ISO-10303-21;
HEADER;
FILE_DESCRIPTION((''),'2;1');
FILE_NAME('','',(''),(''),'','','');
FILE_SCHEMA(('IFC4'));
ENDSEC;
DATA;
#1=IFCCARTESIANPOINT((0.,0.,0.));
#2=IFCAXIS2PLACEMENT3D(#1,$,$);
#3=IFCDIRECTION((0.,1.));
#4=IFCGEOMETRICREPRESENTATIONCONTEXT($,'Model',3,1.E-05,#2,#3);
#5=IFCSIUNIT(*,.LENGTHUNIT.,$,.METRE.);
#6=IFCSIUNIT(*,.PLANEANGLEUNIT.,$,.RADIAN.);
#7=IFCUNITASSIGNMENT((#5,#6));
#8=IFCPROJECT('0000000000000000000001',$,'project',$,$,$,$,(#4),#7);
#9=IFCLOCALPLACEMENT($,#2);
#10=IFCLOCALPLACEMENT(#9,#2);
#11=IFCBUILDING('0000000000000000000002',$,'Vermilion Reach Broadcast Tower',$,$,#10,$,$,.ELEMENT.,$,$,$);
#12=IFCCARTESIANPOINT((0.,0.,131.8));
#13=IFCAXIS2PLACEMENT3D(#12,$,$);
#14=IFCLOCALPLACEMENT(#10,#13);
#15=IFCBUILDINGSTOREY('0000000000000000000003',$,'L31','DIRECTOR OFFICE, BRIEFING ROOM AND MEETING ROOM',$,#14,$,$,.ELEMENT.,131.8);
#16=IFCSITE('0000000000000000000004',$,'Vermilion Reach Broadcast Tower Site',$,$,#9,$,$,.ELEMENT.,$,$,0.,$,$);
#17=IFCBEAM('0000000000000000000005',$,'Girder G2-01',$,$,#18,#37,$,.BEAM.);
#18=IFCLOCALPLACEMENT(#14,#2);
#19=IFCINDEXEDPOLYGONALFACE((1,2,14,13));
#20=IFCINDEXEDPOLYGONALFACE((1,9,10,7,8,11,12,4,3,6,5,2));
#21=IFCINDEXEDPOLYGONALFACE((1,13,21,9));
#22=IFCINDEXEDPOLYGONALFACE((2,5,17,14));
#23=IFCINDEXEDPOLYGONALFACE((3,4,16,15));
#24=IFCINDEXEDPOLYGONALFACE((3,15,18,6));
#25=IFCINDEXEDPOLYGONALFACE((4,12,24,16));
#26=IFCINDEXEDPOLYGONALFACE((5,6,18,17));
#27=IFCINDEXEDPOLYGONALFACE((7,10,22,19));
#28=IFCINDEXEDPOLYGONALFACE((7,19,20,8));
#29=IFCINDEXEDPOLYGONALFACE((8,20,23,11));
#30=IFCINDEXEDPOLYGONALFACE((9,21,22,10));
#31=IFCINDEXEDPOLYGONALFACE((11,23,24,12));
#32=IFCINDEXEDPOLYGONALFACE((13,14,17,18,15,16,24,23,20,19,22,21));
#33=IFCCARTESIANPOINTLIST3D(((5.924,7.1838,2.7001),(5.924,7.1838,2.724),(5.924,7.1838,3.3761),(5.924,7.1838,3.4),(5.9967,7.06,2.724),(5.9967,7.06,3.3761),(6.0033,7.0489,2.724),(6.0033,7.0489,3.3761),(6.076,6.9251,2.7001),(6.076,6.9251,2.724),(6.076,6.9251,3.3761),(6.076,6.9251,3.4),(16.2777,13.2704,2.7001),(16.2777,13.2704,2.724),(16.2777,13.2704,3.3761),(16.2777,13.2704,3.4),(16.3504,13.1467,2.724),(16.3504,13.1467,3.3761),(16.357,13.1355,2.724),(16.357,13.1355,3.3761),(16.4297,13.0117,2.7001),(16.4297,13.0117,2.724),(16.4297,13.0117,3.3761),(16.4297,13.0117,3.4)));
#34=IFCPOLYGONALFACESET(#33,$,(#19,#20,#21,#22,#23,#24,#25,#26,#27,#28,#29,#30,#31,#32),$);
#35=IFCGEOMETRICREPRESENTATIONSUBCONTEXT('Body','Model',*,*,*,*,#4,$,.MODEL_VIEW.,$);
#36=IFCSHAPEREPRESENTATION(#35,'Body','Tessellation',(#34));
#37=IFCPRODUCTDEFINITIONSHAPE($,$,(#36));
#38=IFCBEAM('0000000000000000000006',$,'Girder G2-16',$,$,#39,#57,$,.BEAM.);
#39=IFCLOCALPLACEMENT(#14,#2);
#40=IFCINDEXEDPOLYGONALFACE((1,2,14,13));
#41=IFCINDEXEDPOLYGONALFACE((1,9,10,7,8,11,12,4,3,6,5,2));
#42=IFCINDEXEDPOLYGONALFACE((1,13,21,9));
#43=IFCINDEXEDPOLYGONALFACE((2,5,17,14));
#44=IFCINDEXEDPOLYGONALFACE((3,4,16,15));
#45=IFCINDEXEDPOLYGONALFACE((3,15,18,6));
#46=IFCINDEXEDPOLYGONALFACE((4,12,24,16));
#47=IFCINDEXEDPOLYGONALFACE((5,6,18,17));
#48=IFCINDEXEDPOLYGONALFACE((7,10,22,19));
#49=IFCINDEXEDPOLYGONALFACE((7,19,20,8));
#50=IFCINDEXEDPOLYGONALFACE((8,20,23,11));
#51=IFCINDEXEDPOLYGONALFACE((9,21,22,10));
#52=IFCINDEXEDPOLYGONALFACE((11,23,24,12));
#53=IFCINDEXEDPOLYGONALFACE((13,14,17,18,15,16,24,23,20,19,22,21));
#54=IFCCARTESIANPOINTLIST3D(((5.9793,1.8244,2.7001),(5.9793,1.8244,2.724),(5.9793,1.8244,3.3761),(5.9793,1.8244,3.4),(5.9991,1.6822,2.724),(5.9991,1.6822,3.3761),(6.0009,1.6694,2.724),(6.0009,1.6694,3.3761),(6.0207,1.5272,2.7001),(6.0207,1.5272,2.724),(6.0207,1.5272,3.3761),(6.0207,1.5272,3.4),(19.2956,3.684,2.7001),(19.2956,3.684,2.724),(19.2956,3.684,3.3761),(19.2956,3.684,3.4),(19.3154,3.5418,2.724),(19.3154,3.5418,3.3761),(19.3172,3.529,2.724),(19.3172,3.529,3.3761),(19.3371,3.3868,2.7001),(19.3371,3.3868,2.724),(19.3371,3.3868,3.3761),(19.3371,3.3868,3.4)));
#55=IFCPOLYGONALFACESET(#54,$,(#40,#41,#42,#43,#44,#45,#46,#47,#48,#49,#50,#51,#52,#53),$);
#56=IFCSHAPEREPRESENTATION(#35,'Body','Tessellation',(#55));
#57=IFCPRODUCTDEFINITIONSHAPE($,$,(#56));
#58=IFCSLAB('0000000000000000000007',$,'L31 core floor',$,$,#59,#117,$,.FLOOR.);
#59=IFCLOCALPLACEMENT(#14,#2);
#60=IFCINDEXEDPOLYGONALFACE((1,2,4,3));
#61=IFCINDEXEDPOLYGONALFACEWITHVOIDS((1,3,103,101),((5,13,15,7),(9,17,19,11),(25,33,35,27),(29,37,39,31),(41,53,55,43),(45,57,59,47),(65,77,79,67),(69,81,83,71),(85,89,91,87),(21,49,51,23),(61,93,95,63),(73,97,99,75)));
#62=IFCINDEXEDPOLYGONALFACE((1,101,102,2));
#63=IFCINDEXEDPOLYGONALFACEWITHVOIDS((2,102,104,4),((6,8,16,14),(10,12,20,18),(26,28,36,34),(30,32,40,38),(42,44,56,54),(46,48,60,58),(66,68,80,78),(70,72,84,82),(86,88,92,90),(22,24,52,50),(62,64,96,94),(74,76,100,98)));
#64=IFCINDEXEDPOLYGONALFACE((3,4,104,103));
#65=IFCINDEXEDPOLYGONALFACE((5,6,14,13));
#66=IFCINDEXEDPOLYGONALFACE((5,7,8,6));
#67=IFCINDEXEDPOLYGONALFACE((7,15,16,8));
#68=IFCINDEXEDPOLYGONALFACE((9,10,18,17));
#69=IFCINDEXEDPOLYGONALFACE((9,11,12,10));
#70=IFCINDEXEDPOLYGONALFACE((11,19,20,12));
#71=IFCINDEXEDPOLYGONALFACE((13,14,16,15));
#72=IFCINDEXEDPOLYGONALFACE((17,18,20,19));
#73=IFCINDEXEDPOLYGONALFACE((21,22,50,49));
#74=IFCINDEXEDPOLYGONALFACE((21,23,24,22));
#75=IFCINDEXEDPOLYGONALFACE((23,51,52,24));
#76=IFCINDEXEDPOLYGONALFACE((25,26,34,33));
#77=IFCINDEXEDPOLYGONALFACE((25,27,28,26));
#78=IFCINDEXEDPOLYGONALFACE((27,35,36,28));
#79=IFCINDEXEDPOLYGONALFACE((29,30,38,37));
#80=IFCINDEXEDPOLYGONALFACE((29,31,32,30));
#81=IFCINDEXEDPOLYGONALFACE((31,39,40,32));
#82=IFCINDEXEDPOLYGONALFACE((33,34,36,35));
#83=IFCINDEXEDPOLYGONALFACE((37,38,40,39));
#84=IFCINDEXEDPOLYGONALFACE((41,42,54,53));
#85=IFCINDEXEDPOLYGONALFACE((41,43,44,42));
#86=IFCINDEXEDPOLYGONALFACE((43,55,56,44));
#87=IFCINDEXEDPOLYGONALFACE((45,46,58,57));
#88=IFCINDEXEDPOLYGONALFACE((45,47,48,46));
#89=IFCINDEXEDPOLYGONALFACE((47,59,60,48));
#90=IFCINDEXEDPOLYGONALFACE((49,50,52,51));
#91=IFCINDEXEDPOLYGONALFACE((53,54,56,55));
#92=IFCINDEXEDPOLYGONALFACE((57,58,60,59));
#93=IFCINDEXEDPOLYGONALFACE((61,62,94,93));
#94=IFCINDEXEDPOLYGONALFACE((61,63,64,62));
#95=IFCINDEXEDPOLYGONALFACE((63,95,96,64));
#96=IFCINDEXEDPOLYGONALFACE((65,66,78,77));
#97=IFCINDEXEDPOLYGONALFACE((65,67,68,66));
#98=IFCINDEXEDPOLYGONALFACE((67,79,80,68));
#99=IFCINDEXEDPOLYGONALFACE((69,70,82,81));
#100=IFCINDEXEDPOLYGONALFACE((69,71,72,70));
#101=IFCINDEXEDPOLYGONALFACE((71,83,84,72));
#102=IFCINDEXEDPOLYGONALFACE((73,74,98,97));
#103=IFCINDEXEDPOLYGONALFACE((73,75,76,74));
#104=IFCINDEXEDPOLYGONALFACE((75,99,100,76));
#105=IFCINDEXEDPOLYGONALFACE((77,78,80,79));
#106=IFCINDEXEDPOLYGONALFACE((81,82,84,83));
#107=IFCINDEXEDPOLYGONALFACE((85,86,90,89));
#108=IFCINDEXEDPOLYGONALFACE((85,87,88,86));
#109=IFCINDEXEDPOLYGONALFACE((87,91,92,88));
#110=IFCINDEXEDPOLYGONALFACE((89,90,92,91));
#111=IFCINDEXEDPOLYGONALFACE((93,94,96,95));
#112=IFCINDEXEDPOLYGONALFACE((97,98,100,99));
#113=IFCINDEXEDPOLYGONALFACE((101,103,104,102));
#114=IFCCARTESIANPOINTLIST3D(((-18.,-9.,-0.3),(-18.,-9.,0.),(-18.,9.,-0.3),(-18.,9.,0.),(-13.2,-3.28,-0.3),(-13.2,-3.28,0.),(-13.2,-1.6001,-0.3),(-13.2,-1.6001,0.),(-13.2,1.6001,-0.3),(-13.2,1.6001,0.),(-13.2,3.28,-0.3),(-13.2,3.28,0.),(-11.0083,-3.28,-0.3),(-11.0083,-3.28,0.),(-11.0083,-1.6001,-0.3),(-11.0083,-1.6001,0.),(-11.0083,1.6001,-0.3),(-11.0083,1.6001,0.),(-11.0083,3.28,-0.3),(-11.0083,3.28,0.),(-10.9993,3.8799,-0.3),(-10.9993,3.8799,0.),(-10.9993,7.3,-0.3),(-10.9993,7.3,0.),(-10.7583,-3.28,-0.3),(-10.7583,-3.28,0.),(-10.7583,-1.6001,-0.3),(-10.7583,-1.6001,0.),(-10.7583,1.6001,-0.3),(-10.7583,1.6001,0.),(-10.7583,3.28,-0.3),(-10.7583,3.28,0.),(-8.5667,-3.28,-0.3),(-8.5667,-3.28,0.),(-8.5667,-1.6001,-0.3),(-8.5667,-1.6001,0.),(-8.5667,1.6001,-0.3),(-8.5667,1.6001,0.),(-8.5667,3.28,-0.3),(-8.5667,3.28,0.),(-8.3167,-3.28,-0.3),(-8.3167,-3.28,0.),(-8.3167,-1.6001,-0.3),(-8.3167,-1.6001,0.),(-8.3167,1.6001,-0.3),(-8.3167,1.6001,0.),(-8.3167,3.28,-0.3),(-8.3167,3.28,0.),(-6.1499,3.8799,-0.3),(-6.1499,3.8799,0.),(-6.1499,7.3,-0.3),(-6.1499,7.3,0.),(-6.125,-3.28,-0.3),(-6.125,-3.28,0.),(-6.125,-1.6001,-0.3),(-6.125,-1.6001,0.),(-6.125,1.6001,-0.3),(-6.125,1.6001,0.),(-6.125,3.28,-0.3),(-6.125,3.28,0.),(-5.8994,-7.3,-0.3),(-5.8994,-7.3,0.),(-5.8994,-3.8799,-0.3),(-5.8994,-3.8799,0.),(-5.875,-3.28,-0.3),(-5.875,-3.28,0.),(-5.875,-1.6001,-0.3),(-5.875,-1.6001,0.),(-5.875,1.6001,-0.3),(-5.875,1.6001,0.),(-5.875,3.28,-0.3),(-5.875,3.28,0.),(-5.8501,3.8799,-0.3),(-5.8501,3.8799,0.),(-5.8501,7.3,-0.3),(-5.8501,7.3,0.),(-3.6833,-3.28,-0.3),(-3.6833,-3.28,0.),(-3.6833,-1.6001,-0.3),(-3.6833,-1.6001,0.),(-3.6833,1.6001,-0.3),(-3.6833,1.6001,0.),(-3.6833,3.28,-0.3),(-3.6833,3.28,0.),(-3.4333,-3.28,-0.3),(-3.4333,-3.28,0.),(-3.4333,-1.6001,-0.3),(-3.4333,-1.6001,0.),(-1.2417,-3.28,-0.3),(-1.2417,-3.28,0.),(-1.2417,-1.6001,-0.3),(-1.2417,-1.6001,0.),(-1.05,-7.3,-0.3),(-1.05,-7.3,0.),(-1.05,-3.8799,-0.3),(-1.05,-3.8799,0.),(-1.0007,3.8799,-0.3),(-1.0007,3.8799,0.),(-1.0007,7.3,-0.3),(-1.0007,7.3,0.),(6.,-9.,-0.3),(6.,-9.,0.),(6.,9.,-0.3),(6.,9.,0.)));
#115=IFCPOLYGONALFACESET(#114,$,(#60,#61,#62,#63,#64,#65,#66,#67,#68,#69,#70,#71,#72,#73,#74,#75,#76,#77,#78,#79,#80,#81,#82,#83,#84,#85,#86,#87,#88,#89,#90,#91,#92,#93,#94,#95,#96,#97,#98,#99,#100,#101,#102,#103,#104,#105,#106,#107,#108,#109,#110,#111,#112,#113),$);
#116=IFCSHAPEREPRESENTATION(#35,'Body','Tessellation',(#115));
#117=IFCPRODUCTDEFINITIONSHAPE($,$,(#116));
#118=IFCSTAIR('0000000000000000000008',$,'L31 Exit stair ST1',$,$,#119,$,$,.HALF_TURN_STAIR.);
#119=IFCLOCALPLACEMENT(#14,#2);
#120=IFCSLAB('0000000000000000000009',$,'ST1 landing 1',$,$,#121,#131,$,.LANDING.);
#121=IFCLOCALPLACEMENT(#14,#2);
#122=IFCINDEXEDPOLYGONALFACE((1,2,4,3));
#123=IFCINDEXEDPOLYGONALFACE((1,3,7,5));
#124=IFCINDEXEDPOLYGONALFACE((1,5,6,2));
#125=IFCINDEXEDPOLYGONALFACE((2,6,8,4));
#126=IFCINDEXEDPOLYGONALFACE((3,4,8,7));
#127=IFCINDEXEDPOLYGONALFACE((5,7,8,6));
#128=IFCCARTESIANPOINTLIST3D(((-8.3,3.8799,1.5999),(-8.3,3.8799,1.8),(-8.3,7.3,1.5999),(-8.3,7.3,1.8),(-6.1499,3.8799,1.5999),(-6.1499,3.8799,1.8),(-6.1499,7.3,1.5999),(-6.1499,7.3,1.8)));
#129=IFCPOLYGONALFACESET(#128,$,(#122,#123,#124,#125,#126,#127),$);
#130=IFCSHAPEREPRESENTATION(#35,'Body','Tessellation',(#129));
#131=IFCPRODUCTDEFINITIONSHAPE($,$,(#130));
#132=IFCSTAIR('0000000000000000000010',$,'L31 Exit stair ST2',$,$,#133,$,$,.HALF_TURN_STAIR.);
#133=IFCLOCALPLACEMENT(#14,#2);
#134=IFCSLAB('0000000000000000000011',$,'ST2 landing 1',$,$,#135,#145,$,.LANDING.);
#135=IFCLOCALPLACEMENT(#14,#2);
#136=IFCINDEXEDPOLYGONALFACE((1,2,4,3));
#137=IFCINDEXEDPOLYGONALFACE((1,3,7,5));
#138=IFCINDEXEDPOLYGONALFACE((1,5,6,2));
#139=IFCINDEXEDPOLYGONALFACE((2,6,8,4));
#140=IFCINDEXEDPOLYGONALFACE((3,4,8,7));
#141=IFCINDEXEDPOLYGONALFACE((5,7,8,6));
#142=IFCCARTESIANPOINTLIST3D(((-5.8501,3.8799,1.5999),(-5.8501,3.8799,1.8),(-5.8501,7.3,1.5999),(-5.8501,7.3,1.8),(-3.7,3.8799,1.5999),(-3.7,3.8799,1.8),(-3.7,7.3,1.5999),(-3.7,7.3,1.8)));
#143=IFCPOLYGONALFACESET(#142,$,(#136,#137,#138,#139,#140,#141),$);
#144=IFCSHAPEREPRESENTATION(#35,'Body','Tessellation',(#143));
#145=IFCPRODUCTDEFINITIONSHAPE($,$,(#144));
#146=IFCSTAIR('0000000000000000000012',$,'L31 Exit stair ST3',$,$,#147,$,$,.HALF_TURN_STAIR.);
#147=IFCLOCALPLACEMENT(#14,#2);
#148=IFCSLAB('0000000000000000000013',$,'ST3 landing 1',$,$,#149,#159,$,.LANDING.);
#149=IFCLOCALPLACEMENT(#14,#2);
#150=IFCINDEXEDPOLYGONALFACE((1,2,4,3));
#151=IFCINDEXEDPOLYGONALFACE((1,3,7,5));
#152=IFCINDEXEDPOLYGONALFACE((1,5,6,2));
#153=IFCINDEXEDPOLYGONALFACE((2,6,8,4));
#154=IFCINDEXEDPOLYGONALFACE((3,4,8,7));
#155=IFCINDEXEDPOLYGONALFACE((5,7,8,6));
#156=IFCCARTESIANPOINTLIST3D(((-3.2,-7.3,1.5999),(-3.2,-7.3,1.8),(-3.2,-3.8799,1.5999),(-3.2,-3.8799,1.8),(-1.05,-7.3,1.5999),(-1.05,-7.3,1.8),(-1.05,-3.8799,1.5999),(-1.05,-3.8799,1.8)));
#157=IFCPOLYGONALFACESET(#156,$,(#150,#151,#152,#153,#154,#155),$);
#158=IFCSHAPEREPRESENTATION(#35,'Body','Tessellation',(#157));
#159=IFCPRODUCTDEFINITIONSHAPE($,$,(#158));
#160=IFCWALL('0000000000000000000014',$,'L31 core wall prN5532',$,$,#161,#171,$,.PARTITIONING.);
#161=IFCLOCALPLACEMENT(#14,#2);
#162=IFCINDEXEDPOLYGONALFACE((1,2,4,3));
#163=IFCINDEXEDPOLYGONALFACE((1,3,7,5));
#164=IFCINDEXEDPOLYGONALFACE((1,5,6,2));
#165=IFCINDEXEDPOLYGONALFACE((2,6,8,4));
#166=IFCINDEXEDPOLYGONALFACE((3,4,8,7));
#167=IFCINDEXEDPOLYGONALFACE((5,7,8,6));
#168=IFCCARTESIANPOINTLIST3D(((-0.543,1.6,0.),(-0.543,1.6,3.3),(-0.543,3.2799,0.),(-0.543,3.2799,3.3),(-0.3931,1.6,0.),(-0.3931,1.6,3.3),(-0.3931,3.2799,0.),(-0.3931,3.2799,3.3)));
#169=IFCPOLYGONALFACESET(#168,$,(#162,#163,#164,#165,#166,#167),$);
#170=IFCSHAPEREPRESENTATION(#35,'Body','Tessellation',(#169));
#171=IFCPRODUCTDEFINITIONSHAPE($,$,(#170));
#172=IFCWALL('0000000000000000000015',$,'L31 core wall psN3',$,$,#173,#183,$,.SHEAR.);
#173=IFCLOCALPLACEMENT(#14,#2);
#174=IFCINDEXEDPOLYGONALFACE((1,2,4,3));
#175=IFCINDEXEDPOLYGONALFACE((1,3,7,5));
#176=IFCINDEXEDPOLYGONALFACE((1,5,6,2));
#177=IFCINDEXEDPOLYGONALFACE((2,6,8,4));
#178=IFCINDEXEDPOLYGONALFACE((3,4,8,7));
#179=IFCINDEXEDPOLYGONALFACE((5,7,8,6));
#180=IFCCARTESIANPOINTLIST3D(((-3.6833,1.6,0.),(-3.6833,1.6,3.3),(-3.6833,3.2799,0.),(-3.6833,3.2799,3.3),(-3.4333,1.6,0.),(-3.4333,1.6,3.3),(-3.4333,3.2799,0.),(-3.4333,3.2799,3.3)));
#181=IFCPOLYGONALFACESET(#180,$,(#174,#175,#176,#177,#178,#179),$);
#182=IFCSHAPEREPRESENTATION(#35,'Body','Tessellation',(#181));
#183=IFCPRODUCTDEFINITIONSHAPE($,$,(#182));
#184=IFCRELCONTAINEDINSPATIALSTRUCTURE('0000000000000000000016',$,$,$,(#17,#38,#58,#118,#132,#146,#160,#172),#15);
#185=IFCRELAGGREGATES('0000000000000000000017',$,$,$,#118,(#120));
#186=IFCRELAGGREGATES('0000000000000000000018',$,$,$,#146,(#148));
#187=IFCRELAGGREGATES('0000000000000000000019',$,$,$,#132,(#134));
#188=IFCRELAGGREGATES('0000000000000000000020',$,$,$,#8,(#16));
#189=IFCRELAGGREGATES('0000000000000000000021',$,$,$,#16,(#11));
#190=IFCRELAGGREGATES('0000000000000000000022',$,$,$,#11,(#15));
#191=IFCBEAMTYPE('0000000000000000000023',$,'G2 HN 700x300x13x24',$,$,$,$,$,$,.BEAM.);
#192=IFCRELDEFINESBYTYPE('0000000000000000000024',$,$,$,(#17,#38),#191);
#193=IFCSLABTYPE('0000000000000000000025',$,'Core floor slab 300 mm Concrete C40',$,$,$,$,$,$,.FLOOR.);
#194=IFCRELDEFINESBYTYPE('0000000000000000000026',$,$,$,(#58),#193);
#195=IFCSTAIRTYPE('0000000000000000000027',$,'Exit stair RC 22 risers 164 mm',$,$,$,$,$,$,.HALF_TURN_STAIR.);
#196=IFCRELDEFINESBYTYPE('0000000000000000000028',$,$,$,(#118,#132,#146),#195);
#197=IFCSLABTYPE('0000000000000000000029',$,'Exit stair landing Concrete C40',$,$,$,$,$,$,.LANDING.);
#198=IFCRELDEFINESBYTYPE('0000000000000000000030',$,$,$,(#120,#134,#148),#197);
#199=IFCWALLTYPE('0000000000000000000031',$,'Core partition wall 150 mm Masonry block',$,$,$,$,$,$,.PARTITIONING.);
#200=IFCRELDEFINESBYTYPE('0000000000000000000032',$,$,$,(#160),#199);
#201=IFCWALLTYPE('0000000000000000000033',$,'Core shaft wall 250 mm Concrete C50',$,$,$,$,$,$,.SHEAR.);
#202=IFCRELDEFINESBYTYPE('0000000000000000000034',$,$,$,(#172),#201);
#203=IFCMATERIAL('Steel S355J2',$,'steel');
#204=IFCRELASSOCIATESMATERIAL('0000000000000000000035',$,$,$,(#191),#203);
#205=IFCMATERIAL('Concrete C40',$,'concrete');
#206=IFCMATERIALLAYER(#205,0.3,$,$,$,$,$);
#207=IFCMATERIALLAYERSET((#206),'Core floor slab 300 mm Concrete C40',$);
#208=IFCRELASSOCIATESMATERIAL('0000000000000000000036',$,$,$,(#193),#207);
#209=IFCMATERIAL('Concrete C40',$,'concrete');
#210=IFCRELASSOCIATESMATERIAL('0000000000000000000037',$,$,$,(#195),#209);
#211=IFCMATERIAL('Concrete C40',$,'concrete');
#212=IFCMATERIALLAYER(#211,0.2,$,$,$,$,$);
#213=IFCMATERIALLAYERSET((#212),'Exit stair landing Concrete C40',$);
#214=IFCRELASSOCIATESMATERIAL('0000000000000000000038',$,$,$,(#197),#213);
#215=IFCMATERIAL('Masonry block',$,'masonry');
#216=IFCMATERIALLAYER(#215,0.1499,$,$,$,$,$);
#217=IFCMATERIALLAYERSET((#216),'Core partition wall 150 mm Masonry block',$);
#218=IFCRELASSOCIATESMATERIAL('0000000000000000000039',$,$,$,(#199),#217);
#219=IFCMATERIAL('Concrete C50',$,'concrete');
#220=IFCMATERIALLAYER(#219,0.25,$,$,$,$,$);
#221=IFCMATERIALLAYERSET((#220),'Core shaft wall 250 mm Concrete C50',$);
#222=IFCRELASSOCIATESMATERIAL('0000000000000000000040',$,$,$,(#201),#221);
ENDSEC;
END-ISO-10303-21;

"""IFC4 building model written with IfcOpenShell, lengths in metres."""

from ifc_helpers import new_model, si_unit, direction, frame, frame_2d, origin, origin_2d, place, context, subcontext, project, spatial, polyline, rectangle, i_section, outline, extrude, material, layer, layer_set, material_profile, profile_set, type_object, element, aggregate, save


model = new_model("IFC4")

# Units and contexts
model_context = context("Model", 3, precision=1e-05, world=origin(), true_north=direction((0.0, 1.0)))
body_context = subcontext(model_context, "Body", "Model", "MODEL_VIEW")
ifc_project = project(units=[si_unit("LENGTHUNIT", "METRE"), si_unit("PLANEANGLEUNIT", "RADIAN")], contexts=[model_context])

# Site, building, storey
site_placement = place(None, origin())
site = spatial("IfcSite", under=ifc_project, at=site_placement, Name="Vermilion Reach Broadcast Tower Site", CompositionType="ELEMENT", RefElevation=0.0)
building_placement = place(site_placement, origin())
building = spatial("IfcBuilding", under=site, at=building_placement, Name="Vermilion Reach Broadcast Tower", CompositionType="ELEMENT")
storey_placement = place(building_placement, frame((0.0, 0.0, 131.8)))
storey = spatial("IfcBuildingStorey", under=building, at=storey_placement, Name="L31", Description="DIRECTOR OFFICE, BRIEFING ROOM AND MEETING ROOM", CompositionType="ELEMENT", Elevation=131.8)

# Beams
ifc_material_1 = material(Name="Steel S355J2", Category="steel")
ifc_material_profile = material_profile(ifc_material_1, i_section(OverallWidth=0.3, OverallDepth=0.7, WebThickness=0.0129, FlangeThickness=0.0239, at=origin_2d()), Name="S355J2 HN 700x300x13x24")
ifc_profile_set = profile_set([ifc_material_profile], Name="Steel S355J2")
beam_type = type_object("IfcBeamType", Name="G2 HN 700x300x13x24", PredefinedType="BEAM", material=ifc_profile_set)
beam_1_placement = place(storey_placement, frame((6.0, 7.0544, 3.05), z_axis=(0.862072, 0.506786, 0.0), x_axis=(-0.506786, 0.862072, 0.0)))
element("IfcBeam", 1, at=beam_1_placement, inside=storey, type_object=beam_type, Name="Girder G2-01", PredefinedType="BEAM", context=body_context, shape_type="SweptSolid", body=[
    extrude(i_section(OverallWidth=0.3, OverallDepth=0.7, WebThickness=0.0129, FlangeThickness=0.0239, at=origin_2d()), origin(), (0.0, 0.0, 1.0), 12.0103),
])
beam_2_placement = place(storey_placement, frame((6.0, 1.6758, 3.05), z_axis=(0.990389, 0.138307, 0.0), x_axis=(-0.138307, 0.990389, 0.0)))
element("IfcBeam", 2, at=beam_2_placement, inside=storey, type_object=beam_type, Name="Girder G2-16", PredefinedType="BEAM", context=body_context, shape_type="SweptSolid", body=[
    extrude(i_section(OverallWidth=0.3, OverallDepth=0.7, WebThickness=0.0129, FlangeThickness=0.0239, at=origin_2d()), origin(), (0.0, 0.0, 1.0), 13.4456),
])

# Slab
ifc_material_2 = material(Name="Concrete C40", Category="concrete")
ifc_layer_1 = layer(ifc_material_2, 0.3)
ifc_layer_set_1 = layer_set([ifc_layer_1], Name="Core floor slab 300 mm Concrete C40")
slab_type_1 = type_object("IfcSlabType", Name="Core floor slab 300 mm Concrete C40", PredefinedType="FLOOR", material=ifc_layer_set_1)
slab_1_placement = place(storey_placement, frame((0.0, 0.0, -0.3)))
element("IfcSlab", 3, at=slab_1_placement, inside=storey, type_object=slab_type_1, Name="L31 core floor", PredefinedType="FLOOR", context=body_context, shape_type="SweptSolid", body=[
    extrude(outline(polyline([(-18.0, -9.0), (6.0, -9.0), (6.0, 9.0), (-18.0, 9.0), (-18.0, -9.0)]), holes=[polyline([(-13.2, 1.6001), (-11.0083, 1.6001), (-11.0083, 3.28), (-13.2, 3.28), (-13.2, 1.6001)]), polyline([(-10.7583, 1.6001), (-8.5667, 1.6001), (-8.5667, 3.28), (-10.7583, 3.28), (-10.7583, 1.6001)]), polyline([(-8.3167, 1.6001), (-6.125, 1.6001), (-6.125, 3.28), (-8.3167, 3.28), (-8.3167, 1.6001)]), polyline([(-5.875, 1.6001), (-3.6833, 1.6001), (-3.6833, 3.28), (-5.875, 3.28), (-5.875, 1.6001)]), polyline([(-13.2, -3.28), (-11.0083, -3.28), (-11.0083, -1.6001), (-13.2, -1.6001), (-13.2, -3.28)]), polyline([(-10.7583, -3.28), (-8.5667, -3.28), (-8.5667, -1.6001), (-10.7583, -1.6001), (-10.7583, -3.28)]), polyline([(-8.3167, -3.28), (-6.125, -3.28), (-6.125, -1.6001), (-8.3167, -1.6001), (-8.3167, -3.28)]), polyline([(-5.875, -3.28), (-3.6833, -3.28), (-3.6833, -1.6001), (-5.875, -1.6001), (-5.875, -3.28)]), polyline([(-3.4333, -3.28), (-1.2417, -3.28), (-1.2417, -1.6001), (-3.4333, -1.6001), (-3.4333, -3.28)]), polyline([(-10.9993, 3.8799), (-6.1499, 3.8799), (-6.1499, 7.3), (-10.9993, 7.3), (-10.9993, 3.8799)]), polyline([(-1.0007, 7.3), (-5.8501, 7.3), (-5.8501, 3.8799), (-1.0007, 3.8799), (-1.0007, 7.3)]), polyline([(-5.8994, -7.3), (-1.05, -7.3), (-1.05, -3.8799), (-5.8994, -3.8799), (-5.8994, -7.3)])]), origin(), (0.0, 0.0, 1.0), 0.3),
])

# Stairs, slabs
ifc_material_3 = material(Name="Concrete C40", Category="concrete")
stair_type = type_object("IfcStairType", Name="Exit stair RC 22 risers 164 mm", PredefinedType="HALF_TURN_STAIR", material=ifc_material_3)
placement_1 = place(storey_placement, origin())
stair_1 = element("IfcStair", 4, at=placement_1, inside=storey, type_object=stair_type, Name="L31 Exit stair ST1", PredefinedType="HALF_TURN_STAIR")
ifc_material_4 = material(Name="Concrete C40", Category="concrete")
ifc_layer_2 = layer(ifc_material_4, 0.2)
ifc_layer_set_2 = layer_set([ifc_layer_2], Name="Exit stair landing Concrete C40")
slab_type_2 = type_object("IfcSlabType", Name="Exit stair landing Concrete C40", PredefinedType="LANDING", material=ifc_layer_set_2)
placement_2 = place(storey_placement, frame((0.0, 0.0, 1.5999)))
slab_2 = element("IfcSlab", 5, at=placement_2, type_object=slab_type_2, Name="ST1 landing 1", PredefinedType="LANDING", context=body_context, shape_type="SweptSolid", body=[
    extrude(outline(polyline([(-8.3, 3.8799), (-6.1499, 3.8799), (-6.1499, 7.3), (-8.3, 7.3), (-8.3, 3.8799)])), origin(), (0.0, 0.0, 1.0), 0.2002),
])
aggregate(stair_1, [slab_2])
stair_2 = element("IfcStair", 6, at=placement_1, inside=storey, type_object=stair_type, Name="L31 Exit stair ST2", PredefinedType="HALF_TURN_STAIR")
slab_3 = element("IfcSlab", 7, at=placement_2, type_object=slab_type_2, Name="ST2 landing 1", PredefinedType="LANDING", context=body_context, shape_type="SweptSolid", body=[
    extrude(outline(polyline([(-3.7, 7.3), (-5.8501, 7.3), (-5.8501, 3.8799), (-3.7, 3.8799), (-3.7, 7.3)])), origin(), (0.0, 0.0, 1.0), 0.2002),
])
stair_3 = element("IfcStair", 8, at=placement_1, inside=storey, type_object=stair_type, Name="L31 Exit stair ST3", PredefinedType="HALF_TURN_STAIR")
slab_4 = element("IfcSlab", 9, at=placement_2, type_object=slab_type_2, Name="ST3 landing 1", PredefinedType="LANDING", context=body_context, shape_type="SweptSolid", body=[
    extrude(outline(polyline([(-3.2, -7.3), (-1.05, -7.3), (-1.05, -3.8799), (-3.2, -3.8799), (-3.2, -7.3)])), origin(), (0.0, 0.0, 1.0), 0.2002),
])
aggregate(stair_3, [slab_4])

# Walls
ifc_material_5 = material(Name="Masonry block", Category="masonry")
ifc_layer_3 = layer(ifc_material_5, 0.1499)
ifc_layer_set_3 = layer_set([ifc_layer_3], Name="Core partition wall 150 mm Masonry block")
wall_type_1 = type_object("IfcWallType", Name="Core partition wall 150 mm Masonry block", PredefinedType="PARTITIONING", material=ifc_layer_set_3)
wall_1_placement = place(storey_placement, frame((-0.468, 1.6001, 0.0), z_axis=(0.0, 0.0, 1.0), x_axis=(0.0, 1.0, 0.0)))
element("IfcWall", 10, at=wall_1_placement, inside=storey, type_object=wall_type_1, Name="L31 core wall prN5532", PredefinedType="PARTITIONING", context=body_context, shape_type="SweptSolid", body=[
    extrude(rectangle(XDim=1.6799, YDim=0.1499, at=frame_2d((0.8398, 0.0))), origin(), (0.0, 0.0, 1.0), 3.3),
])
ifc_material_6 = material(Name="Concrete C50", Category="concrete")
ifc_layer_4 = layer(ifc_material_6, 0.25)
ifc_layer_set_4 = layer_set([ifc_layer_4], Name="Core shaft wall 250 mm Concrete C50")
wall_type_2 = type_object("IfcWallType", Name="Core shaft wall 250 mm Concrete C50", PredefinedType="SHEAR", material=ifc_layer_set_4)
wall_2_placement = place(storey_placement, frame((-3.5583, 1.6001, 0.0), z_axis=(0.0, 0.0, 1.0), x_axis=(0.0, 1.0, 0.0)))
element("IfcWall", 11, at=wall_2_placement, inside=storey, type_object=wall_type_2, Name="L31 core wall psN3", PredefinedType="SHEAR", context=body_context, shape_type="SweptSolid", body=[
    extrude(rectangle(XDim=1.6799, YDim=0.25, at=frame_2d((0.8398, 0.0))), origin(), (0.0, 0.0, 1.0), 3.3),
])

aggregate(stair_2, [slab_3])

save(model, "model.ifc")
